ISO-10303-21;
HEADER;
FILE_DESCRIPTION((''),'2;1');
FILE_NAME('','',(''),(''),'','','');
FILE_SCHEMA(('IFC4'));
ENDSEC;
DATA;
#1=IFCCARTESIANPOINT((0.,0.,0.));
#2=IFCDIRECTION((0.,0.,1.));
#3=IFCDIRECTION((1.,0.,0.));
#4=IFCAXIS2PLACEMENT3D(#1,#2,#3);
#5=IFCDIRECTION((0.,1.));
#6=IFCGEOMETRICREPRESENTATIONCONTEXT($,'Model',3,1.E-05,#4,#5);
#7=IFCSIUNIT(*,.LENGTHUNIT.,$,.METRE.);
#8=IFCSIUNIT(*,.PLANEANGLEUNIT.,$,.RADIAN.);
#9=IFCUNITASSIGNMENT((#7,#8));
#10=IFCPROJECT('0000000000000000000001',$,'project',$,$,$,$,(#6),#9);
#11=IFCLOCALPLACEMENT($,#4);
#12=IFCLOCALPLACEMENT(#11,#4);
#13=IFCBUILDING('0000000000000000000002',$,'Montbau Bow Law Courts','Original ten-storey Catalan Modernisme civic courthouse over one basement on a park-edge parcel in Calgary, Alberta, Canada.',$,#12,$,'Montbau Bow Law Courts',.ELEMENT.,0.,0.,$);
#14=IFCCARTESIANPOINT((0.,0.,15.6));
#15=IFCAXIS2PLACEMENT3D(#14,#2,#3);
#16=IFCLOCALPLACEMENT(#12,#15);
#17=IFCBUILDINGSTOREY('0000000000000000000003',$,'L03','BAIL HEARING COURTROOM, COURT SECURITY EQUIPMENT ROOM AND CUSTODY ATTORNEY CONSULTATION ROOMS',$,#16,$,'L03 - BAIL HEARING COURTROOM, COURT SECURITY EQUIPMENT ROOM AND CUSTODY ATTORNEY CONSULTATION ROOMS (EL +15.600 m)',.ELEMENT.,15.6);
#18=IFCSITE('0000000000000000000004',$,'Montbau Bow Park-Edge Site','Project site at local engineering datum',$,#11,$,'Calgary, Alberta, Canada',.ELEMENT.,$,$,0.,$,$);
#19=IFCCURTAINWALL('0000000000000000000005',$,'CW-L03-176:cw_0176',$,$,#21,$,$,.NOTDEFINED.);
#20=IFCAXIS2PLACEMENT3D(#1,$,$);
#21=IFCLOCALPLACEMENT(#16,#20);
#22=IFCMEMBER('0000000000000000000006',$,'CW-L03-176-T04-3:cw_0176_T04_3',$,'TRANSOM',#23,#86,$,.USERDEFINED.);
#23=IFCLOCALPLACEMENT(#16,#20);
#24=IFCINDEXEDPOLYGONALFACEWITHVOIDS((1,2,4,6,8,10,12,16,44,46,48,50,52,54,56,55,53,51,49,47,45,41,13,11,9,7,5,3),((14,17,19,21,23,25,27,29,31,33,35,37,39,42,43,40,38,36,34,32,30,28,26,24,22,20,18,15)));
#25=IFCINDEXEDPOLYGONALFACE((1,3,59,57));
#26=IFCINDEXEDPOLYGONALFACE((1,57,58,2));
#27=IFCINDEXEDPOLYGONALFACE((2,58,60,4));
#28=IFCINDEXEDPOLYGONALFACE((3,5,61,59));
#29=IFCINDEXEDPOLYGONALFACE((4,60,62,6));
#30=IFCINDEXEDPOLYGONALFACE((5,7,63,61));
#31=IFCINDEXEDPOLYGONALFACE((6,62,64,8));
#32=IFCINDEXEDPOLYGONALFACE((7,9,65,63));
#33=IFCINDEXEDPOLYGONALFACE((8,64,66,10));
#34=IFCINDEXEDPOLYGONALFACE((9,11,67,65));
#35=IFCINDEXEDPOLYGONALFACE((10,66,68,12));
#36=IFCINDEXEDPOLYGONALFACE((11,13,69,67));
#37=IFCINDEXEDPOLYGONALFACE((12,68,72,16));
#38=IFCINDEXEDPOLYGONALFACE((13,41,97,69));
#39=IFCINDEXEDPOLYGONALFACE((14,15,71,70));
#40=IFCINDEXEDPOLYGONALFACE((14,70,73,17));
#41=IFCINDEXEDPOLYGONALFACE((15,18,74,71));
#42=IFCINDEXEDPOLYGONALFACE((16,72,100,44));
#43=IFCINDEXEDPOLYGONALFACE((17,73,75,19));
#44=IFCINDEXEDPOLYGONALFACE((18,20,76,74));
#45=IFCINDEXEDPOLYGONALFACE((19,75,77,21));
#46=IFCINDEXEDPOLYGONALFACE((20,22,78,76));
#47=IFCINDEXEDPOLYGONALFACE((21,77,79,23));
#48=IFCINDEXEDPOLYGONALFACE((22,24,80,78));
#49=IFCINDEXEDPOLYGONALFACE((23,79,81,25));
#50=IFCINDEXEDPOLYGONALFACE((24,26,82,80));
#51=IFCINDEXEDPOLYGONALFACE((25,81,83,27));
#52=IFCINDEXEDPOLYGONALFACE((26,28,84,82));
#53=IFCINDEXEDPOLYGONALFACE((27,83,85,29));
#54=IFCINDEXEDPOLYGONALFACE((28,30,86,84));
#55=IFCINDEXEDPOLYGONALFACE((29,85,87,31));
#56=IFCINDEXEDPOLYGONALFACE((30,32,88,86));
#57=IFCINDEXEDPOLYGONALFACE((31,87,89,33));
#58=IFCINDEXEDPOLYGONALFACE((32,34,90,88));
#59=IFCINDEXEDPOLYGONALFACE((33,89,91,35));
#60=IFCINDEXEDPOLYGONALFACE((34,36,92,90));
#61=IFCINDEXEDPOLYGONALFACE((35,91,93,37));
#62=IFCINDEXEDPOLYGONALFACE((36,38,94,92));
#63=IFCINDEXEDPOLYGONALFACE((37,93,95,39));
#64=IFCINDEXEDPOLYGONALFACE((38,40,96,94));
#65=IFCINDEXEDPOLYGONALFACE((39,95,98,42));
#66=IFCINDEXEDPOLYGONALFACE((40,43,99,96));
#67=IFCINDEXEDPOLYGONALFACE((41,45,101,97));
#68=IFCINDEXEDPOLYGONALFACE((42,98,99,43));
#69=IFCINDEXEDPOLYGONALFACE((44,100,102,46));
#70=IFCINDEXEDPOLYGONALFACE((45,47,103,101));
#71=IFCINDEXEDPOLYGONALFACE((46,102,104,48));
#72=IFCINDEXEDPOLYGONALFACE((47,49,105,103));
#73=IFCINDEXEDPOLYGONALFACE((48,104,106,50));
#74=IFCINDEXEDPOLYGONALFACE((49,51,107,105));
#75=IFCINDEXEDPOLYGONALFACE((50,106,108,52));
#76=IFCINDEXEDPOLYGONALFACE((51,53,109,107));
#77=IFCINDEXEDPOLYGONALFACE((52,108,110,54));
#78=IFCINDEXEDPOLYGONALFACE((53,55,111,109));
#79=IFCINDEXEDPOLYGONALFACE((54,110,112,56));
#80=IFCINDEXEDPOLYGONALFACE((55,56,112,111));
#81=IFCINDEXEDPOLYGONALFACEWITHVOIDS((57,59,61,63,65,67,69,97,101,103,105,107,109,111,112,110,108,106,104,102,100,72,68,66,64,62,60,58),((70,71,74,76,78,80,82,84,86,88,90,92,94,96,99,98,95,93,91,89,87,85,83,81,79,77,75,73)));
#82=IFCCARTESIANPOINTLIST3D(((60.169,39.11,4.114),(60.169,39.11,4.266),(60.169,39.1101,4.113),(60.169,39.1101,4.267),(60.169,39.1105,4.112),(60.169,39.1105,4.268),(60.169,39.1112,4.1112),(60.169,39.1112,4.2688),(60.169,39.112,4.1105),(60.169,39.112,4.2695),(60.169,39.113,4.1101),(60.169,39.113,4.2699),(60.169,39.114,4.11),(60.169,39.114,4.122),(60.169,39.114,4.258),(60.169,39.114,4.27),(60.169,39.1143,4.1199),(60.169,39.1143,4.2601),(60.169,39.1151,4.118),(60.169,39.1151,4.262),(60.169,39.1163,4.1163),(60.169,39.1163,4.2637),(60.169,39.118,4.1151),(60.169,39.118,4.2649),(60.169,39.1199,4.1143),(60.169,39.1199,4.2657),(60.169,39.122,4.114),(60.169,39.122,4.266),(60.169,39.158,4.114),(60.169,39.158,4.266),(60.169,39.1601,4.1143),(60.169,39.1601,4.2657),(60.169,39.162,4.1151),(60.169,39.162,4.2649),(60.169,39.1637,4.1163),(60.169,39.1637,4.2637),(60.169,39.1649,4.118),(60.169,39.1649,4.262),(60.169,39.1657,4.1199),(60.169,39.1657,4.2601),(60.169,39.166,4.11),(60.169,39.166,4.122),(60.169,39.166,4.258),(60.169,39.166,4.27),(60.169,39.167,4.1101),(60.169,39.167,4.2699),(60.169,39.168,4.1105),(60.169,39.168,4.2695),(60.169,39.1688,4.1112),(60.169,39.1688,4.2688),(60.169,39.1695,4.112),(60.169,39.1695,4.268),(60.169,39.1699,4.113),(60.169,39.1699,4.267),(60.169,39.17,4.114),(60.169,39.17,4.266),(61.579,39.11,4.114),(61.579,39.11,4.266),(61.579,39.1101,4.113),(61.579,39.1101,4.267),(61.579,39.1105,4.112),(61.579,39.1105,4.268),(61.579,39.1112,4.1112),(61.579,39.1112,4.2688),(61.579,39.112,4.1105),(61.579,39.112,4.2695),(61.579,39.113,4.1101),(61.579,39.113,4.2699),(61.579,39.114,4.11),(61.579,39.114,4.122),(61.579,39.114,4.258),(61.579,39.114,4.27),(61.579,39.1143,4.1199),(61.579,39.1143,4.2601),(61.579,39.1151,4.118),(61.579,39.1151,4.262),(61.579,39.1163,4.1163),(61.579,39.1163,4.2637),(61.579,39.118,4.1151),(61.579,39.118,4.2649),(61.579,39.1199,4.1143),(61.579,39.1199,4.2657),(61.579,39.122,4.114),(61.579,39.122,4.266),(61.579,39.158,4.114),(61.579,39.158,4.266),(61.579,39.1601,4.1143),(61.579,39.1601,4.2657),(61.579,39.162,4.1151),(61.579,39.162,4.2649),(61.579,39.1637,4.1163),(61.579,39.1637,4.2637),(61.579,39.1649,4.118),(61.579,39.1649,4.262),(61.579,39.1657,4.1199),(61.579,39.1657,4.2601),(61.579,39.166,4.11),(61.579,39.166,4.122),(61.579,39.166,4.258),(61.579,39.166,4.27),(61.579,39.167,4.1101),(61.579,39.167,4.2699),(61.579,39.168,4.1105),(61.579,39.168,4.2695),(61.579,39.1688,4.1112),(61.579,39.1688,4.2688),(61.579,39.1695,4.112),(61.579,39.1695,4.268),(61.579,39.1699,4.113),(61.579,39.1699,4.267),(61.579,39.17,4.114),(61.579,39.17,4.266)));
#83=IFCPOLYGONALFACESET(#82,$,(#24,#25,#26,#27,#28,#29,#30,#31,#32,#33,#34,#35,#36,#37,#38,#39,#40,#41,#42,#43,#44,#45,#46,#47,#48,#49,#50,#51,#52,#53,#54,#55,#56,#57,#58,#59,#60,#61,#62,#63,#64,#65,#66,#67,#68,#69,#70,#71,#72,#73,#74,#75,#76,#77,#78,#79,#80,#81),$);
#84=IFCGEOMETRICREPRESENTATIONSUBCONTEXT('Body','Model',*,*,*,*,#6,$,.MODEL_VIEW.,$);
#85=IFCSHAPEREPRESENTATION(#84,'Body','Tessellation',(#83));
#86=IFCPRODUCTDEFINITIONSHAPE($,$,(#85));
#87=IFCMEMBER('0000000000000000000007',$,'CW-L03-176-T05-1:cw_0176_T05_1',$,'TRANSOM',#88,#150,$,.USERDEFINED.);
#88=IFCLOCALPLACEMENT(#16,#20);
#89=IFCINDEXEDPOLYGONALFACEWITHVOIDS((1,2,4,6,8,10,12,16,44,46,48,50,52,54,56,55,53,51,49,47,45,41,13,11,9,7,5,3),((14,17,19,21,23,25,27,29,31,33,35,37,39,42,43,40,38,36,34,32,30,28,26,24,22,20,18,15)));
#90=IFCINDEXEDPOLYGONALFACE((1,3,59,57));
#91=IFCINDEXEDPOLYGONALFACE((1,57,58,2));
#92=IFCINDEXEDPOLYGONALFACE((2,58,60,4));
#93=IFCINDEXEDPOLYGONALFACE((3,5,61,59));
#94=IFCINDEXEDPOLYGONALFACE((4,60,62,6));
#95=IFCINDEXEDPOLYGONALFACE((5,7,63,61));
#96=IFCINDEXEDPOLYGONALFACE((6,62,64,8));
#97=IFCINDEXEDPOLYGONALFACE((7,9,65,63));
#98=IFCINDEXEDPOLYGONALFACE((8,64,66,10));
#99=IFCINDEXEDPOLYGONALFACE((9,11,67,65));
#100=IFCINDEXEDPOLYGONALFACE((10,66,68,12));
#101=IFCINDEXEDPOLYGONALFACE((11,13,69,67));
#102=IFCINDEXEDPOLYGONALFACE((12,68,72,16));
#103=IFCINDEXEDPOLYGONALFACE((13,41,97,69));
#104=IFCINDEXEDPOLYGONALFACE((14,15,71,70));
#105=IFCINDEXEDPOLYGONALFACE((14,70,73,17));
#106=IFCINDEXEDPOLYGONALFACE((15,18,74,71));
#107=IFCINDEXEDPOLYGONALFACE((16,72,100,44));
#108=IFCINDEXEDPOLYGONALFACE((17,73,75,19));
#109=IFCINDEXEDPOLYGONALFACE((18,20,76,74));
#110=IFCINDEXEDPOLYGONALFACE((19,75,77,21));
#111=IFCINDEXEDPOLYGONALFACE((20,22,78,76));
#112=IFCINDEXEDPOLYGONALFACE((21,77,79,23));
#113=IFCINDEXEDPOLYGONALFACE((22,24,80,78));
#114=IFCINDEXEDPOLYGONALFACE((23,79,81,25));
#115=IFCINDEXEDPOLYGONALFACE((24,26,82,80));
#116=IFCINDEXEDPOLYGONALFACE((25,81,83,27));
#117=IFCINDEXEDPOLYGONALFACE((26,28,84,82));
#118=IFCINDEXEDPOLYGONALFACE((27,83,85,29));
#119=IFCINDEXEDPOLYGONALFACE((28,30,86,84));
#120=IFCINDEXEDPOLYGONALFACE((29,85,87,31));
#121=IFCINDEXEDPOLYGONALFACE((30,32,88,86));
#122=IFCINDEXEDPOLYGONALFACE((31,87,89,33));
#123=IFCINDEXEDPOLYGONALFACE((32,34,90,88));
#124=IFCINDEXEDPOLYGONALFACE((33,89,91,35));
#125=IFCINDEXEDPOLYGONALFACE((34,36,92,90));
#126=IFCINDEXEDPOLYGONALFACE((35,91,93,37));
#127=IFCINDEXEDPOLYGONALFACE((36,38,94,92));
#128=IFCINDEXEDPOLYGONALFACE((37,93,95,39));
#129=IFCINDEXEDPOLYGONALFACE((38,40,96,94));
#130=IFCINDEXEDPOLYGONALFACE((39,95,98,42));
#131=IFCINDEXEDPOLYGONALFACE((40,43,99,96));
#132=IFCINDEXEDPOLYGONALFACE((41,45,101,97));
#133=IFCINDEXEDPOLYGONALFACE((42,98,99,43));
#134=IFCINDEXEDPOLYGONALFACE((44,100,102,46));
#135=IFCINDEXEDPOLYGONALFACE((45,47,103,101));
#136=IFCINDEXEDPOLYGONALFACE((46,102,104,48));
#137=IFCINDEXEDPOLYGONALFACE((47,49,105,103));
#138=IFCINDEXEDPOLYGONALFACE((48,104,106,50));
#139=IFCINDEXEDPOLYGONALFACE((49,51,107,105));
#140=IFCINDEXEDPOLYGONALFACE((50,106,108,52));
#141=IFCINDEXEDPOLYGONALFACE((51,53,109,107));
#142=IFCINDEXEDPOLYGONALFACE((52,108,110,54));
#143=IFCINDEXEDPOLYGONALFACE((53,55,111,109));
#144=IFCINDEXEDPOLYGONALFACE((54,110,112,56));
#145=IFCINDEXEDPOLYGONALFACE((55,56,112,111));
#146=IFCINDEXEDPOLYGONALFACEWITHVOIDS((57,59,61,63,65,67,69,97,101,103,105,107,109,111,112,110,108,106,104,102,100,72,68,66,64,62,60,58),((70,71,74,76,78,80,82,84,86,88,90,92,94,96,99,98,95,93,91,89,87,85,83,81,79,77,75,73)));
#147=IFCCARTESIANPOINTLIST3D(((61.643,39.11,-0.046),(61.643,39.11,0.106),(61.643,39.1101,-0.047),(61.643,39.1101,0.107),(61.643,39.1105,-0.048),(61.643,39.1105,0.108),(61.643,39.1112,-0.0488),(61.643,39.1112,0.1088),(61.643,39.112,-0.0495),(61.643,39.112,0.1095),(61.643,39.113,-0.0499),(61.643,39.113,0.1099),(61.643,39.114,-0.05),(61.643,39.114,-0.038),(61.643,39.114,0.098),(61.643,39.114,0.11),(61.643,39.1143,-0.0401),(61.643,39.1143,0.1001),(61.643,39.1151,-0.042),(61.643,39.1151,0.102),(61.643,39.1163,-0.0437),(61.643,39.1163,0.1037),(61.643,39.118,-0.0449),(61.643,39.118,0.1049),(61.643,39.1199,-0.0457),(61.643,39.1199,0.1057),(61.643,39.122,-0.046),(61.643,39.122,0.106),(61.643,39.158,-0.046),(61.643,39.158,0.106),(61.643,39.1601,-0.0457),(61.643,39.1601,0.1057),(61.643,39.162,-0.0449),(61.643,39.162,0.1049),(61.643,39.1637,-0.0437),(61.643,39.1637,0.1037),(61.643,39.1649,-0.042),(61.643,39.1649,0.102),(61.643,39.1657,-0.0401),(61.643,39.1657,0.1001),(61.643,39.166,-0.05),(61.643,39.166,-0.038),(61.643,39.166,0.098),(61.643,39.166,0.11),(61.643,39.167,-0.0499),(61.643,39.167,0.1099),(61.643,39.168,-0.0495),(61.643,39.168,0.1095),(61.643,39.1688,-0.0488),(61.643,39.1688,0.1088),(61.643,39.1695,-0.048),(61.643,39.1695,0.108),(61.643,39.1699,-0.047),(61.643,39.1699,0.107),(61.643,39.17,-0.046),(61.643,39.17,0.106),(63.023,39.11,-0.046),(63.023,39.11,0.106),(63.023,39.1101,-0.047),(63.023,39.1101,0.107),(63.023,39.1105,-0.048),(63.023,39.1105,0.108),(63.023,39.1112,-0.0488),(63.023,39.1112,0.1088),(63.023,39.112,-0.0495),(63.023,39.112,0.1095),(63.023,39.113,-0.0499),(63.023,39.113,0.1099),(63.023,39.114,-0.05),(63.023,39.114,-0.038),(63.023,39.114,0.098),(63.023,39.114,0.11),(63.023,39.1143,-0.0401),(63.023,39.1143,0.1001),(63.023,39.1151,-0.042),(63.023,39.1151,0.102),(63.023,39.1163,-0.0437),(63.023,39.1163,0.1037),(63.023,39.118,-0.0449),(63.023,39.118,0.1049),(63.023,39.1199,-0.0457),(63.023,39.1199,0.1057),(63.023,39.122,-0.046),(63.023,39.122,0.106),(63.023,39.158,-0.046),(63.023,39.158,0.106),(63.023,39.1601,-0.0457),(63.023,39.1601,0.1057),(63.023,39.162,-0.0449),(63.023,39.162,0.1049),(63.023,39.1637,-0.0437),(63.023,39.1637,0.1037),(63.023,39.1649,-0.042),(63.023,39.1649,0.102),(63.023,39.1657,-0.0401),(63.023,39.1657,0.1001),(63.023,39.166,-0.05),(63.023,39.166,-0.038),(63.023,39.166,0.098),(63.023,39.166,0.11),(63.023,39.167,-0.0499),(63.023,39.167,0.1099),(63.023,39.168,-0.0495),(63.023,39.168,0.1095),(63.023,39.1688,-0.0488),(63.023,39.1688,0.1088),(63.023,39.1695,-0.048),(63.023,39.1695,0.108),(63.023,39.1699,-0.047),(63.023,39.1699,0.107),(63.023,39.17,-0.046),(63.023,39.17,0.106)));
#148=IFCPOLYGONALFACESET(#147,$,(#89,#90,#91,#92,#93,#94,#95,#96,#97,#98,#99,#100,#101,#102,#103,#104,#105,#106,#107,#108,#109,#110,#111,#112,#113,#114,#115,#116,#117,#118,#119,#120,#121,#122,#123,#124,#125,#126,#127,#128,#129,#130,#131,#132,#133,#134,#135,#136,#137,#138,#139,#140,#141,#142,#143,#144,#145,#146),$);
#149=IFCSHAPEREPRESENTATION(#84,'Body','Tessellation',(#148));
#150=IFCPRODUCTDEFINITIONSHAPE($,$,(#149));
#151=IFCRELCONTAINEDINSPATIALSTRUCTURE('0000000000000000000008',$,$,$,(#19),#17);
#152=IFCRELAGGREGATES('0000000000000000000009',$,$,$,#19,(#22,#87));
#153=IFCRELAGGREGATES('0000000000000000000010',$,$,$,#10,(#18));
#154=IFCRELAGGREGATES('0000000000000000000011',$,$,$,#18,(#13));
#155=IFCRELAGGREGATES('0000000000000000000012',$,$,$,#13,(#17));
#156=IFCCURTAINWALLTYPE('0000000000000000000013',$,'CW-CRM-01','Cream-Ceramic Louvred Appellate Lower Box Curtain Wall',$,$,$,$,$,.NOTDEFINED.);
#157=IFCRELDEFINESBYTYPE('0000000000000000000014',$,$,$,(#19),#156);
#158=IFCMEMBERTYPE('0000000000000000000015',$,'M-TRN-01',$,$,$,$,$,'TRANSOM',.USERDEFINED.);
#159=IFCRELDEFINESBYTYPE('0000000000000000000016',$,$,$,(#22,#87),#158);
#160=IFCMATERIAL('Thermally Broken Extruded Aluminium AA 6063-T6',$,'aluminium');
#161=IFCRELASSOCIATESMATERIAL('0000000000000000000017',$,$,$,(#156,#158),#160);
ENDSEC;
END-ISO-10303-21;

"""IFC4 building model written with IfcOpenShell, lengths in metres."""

from ifc_helpers import new_model, si_unit, direction, frame, origin_with_axes, origin_2d_with_axis, place, context, subcontext, project, spatial, hollow_rectangle, extrude, material, material_profile, profile_set, type_object, element, aggregate, save


model = new_model("IFC4")

# Units and contexts
model_context = context("Model", 3, precision=1e-05, world=origin_with_axes(), true_north=direction((0.0, 1.0)))
body_context = subcontext(model_context, "Body", "Model", "MODEL_VIEW")
ifc_project = project(units=[si_unit("LENGTHUNIT", "METRE"), si_unit("PLANEANGLEUNIT", "RADIAN")], contexts=[model_context])

# Site, building, storey
site_placement = place(None, origin_with_axes())
site = spatial("IfcSite", under=ifc_project, at=site_placement, Name="Montbau Bow Park-Edge Site", Description="Project site at local engineering datum", LongName="Calgary, Alberta, Canada", CompositionType="ELEMENT", RefElevation=0.0)
building_placement = place(site_placement, origin_with_axes())
building = spatial("IfcBuilding", under=site, at=building_placement, Name="Montbau Bow Law Courts", Description="Original ten-storey Catalan Modernisme civic courthouse over one basement on a park-edge parcel in Calgary, Alberta, Canada.", LongName="Montbau Bow Law Courts", CompositionType="ELEMENT", ElevationOfRefHeight=0.0, ElevationOfTerrain=0.0)
storey_placement = place(building_placement, frame((0.0, 0.0, 15.6), z_axis=(0.0, 0.0, 1.0), x_axis=(1.0, 0.0, 0.0)))
storey = spatial("IfcBuildingStorey", under=building, at=storey_placement, Name="L03", Description="BAIL HEARING COURTROOM, COURT SECURITY EQUIPMENT ROOM AND CUSTODY ATTORNEY CONSULTATION ROOMS", LongName="L03 - BAIL HEARING COURTROOM, COURT SECURITY EQUIPMENT ROOM AND CUSTODY ATTORNEY CONSULTATION ROOMS (EL +15.600 m)", CompositionType="ELEMENT", Elevation=15.6)

# Curtain wall, members
ifc_material_1 = material(Name="Thermally Broken Extruded Aluminium AA 6063-T6", Category="aluminium")
curtain_wall_type = type_object("IfcCurtainWallType", Name="CW-CRM-01", Description="Cream-Ceramic Louvred Appellate Lower Box Curtain Wall", PredefinedType="NOTDEFINED", material=ifc_material_1)
curtain_wall_placement = place(None, frame((55.715, 39.14, 15.6), z_axis=(0.0, 0.0, 1.0), x_axis=(1.0, 0.0, 0.0)))
curtain_wall = element("IfcCurtainWall", 1, at=curtain_wall_placement, inside=storey, type_object=curtain_wall_type, Name="CW-L03-176:cw_0176", PredefinedType="NOTDEFINED")
ifc_material_profile_1 = material_profile(ifc_material_1, hollow_rectangle(XDim=0.06, YDim=0.16, WallThickness=0.004, InnerFilletRadius=0.008, OuterFilletRadius=0.004, at=origin_2d_with_axis()), Name="CWT-160X60", Category="Main", Priority=0)
ifc_profile_set_1 = profile_set([ifc_material_profile_1], Name="Thermally Broken Extruded Aluminium AA 6063-T6")
member_type_1 = type_object("IfcMemberType", Name="M-TRN-01", ElementType="TRANSOM", PredefinedType="USERDEFINED", material=ifc_profile_set_1)
member_1_placement = place(None, frame((60.169, 39.14, 19.79), z_axis=(1.0, 0.0, 0.0), x_axis=(0.0, 1.0, 0.0)))
member_1 = element("IfcMember", 2, at=member_1_placement, type_object=member_type_1, Name="CW-L03-176-T04-3:cw_0176_T04_3", ObjectType="TRANSOM", PredefinedType="USERDEFINED", context=body_context, shape_type="SweptSolid", body=[
    extrude(hollow_rectangle(XDim=0.06, YDim=0.16, WallThickness=0.004, InnerFilletRadius=0.008, OuterFilletRadius=0.004, at=origin_2d_with_axis()), origin_with_axes(), (0.0, 0.0, 1.0), 1.41),
])
member_2_placement = place(None, frame((61.643, 39.14, 15.63), z_axis=(1.0, 0.0, 0.0), x_axis=(0.0, 1.0, 0.0)))
member_2 = element("IfcMember", 3, at=member_2_placement, type_object=member_type_1, Name="CW-L03-176-T05-1:cw_0176_T05_1", ObjectType="TRANSOM", PredefinedType="USERDEFINED", context=body_context, shape_type="SweptSolid", body=[
    extrude(hollow_rectangle(XDim=0.06, YDim=0.16, WallThickness=0.004, InnerFilletRadius=0.008, OuterFilletRadius=0.004, at=origin_2d_with_axis()), origin_with_axes(), (0.0, 0.0, 1.0), 1.38),
])
aggregate(curtain_wall, [member_1, member_2])

save(model, "model.ifc")
